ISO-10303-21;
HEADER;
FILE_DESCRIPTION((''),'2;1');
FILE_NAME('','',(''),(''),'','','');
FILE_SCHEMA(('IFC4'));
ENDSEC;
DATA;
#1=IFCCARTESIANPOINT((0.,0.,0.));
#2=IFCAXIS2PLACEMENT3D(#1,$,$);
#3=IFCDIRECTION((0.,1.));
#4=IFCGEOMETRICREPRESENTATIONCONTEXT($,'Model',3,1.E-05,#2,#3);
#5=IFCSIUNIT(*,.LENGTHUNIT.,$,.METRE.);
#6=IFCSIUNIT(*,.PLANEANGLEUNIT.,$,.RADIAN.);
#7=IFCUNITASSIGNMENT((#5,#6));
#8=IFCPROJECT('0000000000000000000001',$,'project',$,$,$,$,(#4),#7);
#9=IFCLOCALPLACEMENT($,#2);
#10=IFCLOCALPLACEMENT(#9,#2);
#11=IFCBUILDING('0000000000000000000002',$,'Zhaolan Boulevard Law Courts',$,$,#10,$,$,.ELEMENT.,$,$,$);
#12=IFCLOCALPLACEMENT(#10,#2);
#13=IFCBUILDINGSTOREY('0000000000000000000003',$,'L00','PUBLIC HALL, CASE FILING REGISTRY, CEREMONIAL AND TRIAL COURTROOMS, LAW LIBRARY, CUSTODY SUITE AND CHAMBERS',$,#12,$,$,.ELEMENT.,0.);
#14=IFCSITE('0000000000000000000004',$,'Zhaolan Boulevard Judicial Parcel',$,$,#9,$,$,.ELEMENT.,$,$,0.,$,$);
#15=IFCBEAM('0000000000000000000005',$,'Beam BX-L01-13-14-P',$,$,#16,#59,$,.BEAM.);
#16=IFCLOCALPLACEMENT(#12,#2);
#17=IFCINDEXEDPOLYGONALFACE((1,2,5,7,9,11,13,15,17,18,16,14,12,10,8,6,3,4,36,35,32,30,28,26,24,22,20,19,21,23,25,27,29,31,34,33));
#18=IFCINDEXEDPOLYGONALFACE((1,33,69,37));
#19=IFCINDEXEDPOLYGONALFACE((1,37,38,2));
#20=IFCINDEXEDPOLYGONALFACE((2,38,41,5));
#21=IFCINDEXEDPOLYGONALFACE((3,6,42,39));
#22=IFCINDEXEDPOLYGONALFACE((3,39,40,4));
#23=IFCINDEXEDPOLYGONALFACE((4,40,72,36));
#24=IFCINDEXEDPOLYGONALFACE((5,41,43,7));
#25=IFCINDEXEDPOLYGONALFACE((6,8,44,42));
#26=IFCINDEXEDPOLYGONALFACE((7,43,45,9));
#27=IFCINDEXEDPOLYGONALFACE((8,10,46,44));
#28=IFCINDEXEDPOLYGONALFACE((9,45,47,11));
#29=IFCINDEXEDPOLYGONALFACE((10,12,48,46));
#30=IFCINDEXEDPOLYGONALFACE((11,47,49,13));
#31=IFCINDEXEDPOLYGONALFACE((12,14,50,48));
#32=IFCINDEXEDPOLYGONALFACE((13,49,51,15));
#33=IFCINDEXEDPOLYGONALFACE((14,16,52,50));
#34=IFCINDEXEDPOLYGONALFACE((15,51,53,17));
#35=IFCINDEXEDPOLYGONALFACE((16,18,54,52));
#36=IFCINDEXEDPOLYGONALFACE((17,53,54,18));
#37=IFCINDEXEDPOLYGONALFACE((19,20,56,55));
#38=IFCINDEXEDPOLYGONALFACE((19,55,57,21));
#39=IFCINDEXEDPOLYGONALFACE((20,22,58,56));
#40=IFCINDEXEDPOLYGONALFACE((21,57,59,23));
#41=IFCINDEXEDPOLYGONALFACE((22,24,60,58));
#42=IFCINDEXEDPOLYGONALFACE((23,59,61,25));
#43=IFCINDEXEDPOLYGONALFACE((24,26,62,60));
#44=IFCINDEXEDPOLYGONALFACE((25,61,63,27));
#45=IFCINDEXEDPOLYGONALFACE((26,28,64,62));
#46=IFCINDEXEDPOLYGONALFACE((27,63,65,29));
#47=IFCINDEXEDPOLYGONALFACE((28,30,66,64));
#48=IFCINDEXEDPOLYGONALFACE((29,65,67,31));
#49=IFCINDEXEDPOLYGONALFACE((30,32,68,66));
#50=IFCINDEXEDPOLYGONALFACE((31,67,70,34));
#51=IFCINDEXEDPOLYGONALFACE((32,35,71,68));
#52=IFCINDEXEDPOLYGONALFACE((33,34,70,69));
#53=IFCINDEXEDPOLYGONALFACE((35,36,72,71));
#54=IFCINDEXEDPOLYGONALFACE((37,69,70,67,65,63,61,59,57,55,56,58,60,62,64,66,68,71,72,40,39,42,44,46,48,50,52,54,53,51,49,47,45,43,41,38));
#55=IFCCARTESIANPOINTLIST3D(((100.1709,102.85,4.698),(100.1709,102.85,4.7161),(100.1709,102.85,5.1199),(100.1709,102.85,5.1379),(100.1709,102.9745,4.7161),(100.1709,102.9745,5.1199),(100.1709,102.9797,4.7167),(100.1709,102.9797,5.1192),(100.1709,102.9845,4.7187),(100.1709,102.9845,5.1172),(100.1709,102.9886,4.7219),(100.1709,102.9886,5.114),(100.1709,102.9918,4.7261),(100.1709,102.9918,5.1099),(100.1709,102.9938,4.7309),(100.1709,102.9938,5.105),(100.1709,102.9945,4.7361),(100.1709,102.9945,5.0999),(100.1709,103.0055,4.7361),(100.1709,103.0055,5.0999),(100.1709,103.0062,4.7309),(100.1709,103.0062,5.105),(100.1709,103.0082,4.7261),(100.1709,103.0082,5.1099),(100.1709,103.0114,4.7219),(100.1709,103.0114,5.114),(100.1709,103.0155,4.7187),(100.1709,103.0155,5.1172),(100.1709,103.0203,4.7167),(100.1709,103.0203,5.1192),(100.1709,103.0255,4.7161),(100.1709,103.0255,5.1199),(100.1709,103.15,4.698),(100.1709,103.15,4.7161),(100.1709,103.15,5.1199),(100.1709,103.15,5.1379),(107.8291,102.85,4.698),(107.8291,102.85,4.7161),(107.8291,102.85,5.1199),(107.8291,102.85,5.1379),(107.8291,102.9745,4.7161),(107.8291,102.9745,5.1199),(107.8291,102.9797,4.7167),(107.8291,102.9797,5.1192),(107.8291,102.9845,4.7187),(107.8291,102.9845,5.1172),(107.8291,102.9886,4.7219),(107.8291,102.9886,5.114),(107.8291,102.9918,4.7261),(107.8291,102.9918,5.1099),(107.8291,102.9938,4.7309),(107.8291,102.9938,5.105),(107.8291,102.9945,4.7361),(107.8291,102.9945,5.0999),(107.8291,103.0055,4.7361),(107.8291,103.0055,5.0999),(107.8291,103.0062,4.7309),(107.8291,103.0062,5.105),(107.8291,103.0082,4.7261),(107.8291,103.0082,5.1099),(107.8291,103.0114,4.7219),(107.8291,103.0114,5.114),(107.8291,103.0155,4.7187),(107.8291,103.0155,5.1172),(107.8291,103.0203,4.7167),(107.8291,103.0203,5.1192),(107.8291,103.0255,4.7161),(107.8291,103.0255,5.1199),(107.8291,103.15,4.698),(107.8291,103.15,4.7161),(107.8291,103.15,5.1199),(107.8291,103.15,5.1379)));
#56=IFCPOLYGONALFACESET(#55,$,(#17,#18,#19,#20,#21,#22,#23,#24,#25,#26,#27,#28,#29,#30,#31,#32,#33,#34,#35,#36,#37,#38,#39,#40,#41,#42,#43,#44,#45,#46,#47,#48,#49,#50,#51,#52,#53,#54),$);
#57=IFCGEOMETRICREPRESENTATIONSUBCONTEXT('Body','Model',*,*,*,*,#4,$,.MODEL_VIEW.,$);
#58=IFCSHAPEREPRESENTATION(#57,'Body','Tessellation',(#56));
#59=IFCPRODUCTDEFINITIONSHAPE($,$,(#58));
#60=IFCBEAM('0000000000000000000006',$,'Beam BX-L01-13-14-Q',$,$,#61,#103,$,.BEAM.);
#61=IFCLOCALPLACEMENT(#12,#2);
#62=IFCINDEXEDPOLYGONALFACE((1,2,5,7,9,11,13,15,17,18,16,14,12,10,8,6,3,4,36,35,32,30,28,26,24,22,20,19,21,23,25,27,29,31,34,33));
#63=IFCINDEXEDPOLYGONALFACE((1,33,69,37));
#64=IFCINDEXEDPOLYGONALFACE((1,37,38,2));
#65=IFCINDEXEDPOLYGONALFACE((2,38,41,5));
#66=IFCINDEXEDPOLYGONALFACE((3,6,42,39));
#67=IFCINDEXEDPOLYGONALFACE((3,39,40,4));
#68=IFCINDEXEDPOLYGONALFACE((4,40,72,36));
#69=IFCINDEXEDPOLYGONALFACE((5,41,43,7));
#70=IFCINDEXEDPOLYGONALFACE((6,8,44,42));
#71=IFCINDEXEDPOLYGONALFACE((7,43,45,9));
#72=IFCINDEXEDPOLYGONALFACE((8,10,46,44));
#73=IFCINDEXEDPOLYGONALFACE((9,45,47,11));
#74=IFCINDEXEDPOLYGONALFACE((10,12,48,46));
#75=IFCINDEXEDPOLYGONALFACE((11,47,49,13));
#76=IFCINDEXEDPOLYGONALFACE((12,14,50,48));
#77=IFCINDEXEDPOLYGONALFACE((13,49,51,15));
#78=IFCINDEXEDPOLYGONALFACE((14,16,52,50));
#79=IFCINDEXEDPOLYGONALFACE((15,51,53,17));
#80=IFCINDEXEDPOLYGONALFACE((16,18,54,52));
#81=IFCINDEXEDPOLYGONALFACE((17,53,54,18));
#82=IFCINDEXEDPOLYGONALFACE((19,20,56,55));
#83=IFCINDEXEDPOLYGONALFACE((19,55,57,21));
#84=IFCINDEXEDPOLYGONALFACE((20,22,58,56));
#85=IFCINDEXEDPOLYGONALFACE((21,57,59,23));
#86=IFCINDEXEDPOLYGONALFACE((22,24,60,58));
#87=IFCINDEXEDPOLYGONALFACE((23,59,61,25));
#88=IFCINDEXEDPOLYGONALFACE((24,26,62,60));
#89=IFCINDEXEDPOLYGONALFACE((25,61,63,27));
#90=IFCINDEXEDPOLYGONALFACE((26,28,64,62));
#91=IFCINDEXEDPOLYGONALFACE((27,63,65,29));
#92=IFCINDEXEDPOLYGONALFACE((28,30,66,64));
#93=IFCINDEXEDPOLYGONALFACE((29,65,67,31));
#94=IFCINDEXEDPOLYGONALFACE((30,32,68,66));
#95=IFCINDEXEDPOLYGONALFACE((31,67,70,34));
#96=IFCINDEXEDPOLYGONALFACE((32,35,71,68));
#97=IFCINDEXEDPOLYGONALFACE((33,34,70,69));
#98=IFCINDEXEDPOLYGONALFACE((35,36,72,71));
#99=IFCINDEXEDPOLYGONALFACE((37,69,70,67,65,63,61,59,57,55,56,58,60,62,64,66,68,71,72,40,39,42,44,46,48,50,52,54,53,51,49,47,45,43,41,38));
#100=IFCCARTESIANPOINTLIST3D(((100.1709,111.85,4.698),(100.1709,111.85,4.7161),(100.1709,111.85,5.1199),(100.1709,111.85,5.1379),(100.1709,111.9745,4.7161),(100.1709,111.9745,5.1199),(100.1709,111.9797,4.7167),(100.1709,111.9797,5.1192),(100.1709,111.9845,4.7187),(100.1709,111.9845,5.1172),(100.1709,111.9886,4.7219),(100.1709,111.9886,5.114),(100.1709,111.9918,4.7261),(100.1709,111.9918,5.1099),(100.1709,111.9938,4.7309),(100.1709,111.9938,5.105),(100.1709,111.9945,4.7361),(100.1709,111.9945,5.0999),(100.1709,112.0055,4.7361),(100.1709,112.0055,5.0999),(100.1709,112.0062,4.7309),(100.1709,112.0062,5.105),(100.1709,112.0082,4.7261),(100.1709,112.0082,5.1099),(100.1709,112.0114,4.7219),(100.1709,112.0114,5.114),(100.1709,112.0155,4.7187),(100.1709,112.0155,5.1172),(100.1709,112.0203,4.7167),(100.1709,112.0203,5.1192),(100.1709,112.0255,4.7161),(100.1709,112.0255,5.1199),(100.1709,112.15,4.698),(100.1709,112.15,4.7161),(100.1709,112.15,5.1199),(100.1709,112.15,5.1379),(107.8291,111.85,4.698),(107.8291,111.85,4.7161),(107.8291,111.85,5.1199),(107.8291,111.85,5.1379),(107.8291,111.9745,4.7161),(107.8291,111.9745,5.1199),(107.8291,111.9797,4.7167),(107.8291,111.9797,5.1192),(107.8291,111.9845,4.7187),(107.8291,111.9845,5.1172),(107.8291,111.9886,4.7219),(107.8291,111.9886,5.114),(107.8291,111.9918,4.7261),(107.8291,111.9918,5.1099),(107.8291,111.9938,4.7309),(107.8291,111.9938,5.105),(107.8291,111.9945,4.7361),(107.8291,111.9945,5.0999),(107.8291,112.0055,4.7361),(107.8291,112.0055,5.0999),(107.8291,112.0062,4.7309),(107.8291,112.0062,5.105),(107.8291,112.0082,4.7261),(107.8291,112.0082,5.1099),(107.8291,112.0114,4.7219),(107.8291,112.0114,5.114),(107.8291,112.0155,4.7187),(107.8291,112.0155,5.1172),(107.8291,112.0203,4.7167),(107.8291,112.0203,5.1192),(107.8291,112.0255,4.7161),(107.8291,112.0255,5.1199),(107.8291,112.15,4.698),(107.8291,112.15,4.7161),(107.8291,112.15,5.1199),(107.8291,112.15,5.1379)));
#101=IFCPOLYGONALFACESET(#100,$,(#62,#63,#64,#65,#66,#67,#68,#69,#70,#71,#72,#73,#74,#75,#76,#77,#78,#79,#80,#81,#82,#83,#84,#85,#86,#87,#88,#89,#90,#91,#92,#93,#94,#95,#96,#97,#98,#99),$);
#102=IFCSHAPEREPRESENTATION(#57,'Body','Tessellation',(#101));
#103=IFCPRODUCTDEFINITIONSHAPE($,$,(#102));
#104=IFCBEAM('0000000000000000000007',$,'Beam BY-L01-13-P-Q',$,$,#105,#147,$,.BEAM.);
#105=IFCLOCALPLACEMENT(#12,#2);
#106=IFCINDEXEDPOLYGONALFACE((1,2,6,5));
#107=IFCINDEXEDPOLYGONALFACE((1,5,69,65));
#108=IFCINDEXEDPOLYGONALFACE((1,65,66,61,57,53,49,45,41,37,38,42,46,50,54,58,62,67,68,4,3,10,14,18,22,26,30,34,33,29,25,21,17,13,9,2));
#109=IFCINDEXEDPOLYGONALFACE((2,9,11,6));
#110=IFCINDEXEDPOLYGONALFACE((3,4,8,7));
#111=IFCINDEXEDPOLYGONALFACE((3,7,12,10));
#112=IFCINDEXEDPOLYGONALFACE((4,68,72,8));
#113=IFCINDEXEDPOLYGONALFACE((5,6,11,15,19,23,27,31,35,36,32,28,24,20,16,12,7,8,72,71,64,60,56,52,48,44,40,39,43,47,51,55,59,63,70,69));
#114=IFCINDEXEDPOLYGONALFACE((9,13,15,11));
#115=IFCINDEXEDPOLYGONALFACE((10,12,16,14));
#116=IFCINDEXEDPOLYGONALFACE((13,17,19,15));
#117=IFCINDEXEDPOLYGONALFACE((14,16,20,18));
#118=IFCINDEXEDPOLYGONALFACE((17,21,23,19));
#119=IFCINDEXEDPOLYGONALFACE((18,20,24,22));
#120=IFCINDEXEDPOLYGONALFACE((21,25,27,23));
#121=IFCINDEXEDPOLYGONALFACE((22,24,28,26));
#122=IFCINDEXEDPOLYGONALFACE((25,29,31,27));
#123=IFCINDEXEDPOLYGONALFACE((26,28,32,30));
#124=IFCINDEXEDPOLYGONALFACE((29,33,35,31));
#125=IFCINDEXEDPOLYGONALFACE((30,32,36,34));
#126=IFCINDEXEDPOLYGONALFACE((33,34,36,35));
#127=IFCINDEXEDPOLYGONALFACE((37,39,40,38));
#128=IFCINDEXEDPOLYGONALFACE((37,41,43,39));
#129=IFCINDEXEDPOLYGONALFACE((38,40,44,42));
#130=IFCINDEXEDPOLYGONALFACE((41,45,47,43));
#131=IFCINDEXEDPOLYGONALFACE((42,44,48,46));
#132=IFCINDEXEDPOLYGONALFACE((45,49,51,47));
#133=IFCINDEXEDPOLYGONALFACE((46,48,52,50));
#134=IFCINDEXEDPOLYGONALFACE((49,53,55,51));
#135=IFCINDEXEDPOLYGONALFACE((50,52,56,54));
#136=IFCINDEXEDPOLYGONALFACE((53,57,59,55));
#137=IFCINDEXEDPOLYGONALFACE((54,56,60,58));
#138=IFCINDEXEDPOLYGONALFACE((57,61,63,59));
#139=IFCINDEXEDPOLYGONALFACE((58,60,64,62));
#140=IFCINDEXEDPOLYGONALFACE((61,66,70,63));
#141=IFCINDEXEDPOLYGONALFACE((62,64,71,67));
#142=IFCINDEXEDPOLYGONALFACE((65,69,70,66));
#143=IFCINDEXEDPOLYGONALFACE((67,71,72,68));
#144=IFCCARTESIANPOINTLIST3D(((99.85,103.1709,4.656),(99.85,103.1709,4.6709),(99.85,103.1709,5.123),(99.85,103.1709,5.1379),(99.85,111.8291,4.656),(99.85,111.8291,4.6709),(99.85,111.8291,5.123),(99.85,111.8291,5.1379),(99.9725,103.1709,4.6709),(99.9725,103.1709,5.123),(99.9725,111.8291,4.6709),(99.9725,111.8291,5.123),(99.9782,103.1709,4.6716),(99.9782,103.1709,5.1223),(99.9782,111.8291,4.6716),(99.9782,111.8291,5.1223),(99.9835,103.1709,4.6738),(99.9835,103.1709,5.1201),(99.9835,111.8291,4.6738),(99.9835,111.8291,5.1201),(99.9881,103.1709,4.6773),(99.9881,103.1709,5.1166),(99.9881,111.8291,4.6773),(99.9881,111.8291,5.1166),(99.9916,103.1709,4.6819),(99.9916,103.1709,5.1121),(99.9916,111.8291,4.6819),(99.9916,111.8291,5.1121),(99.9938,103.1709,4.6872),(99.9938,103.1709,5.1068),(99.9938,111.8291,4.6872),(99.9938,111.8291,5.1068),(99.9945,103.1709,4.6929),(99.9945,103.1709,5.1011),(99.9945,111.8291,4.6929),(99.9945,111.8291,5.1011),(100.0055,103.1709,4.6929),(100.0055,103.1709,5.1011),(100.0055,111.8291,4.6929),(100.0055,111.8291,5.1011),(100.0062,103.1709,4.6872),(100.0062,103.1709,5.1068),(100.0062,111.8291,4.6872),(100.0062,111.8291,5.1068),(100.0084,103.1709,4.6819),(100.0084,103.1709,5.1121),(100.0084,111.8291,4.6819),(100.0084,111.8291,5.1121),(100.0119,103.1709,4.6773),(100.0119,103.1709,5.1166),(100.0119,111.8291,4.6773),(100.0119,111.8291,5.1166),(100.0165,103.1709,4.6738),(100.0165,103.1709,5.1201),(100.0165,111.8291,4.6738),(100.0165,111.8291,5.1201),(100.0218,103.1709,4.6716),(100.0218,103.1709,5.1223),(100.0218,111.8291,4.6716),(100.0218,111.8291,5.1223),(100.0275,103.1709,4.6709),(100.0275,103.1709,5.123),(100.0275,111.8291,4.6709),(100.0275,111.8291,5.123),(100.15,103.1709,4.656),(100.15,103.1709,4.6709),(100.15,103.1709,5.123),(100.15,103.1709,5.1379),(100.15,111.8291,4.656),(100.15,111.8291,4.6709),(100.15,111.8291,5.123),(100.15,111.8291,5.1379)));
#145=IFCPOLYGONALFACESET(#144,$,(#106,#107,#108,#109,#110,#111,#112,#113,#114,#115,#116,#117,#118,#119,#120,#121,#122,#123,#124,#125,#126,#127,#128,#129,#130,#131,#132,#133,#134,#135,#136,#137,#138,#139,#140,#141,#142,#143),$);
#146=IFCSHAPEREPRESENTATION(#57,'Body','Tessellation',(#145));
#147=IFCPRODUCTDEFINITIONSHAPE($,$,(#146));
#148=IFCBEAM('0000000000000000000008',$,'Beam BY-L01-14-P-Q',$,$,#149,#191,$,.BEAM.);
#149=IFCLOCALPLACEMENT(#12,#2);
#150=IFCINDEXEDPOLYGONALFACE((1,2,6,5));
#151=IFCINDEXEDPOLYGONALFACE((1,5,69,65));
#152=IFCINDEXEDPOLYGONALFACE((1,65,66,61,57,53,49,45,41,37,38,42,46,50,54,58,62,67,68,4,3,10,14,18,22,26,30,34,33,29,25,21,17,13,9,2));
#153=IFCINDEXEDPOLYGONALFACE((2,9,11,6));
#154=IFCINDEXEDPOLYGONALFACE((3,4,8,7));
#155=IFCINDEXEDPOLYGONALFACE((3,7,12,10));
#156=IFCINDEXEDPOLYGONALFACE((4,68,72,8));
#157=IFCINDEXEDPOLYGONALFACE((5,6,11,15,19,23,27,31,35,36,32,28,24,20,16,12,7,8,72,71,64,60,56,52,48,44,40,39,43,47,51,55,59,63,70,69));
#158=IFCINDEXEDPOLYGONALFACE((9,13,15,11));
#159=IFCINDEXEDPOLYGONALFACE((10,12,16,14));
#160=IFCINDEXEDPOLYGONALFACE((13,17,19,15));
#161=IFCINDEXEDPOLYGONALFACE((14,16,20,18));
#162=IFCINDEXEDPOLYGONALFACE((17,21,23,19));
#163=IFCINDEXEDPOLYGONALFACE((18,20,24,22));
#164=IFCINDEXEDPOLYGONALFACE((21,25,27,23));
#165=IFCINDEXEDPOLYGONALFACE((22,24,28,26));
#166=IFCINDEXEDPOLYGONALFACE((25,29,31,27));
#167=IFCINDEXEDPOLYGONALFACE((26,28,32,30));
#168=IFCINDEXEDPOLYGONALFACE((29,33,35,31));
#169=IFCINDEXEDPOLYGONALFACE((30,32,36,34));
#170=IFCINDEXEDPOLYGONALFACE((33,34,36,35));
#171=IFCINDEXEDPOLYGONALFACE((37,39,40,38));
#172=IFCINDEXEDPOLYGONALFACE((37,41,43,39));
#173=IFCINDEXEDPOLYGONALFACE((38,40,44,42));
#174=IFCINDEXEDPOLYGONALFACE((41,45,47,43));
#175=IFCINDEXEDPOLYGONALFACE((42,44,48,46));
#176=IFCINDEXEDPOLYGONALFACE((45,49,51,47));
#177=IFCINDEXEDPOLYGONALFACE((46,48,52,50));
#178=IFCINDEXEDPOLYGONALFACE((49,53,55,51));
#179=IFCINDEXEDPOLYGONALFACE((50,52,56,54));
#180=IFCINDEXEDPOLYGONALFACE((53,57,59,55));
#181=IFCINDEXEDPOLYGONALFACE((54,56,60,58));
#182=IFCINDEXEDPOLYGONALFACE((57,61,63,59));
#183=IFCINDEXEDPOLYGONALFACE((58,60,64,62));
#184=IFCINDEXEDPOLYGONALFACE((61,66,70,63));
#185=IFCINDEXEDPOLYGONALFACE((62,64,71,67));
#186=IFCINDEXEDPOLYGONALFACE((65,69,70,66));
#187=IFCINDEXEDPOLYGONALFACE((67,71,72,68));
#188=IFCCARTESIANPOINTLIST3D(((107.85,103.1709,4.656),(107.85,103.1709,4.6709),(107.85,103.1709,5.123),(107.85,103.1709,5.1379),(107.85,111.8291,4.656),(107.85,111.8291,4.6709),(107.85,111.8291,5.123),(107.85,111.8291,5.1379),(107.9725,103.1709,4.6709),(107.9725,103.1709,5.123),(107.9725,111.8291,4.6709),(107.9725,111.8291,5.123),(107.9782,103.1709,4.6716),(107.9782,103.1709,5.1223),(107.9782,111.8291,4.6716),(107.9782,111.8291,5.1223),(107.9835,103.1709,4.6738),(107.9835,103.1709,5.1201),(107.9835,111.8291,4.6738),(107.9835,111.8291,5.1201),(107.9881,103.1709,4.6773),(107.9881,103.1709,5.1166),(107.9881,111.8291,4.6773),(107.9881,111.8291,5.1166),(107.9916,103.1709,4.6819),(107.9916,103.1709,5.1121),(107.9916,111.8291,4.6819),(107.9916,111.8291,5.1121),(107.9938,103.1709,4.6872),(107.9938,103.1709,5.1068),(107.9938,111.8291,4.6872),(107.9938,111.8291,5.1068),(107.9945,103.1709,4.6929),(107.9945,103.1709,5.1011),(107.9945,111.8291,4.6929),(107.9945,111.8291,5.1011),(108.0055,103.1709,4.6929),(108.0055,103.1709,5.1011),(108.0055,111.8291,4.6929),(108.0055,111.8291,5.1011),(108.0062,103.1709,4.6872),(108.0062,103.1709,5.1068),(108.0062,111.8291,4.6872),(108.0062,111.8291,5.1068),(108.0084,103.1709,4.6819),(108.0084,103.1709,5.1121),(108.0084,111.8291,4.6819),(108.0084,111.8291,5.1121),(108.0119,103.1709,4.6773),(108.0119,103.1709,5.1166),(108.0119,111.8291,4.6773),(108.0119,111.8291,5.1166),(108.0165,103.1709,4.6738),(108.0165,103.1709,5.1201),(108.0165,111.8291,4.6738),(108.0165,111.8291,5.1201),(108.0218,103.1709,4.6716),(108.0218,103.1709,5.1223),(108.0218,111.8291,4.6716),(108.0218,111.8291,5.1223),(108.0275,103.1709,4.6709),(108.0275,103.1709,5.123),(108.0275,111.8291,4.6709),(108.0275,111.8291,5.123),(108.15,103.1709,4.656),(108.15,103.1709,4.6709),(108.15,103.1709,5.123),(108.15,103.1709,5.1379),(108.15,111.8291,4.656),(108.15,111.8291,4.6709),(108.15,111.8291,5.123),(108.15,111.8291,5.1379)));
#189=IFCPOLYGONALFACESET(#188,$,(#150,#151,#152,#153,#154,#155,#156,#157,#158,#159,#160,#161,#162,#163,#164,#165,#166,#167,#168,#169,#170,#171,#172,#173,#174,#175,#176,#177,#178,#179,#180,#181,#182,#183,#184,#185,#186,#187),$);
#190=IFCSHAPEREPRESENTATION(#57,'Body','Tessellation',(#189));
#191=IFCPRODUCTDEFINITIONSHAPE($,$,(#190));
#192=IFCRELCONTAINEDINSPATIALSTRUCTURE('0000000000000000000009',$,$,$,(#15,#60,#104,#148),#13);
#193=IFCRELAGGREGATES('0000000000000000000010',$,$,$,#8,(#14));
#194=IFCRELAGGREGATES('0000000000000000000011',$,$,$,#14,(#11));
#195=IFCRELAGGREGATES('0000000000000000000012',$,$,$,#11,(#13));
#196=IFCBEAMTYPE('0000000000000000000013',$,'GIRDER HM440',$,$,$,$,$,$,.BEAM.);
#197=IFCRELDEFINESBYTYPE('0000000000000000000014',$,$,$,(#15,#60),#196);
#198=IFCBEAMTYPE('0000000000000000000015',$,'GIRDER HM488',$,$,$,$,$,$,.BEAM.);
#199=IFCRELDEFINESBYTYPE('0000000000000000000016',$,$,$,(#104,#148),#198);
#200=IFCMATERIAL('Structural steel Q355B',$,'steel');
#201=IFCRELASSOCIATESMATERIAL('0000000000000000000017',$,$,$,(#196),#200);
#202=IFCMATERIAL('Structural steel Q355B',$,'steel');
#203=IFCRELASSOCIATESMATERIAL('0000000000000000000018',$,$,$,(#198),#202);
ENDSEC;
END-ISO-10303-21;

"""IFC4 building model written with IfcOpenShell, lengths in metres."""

from ifc_helpers import new_model, si_unit, direction, frame, origin, origin_2d, place, context, subcontext, project, spatial, i_section, extrude, material, material_profile, profile_set, type_object, element, save


model = new_model("IFC4")

# Units and contexts
model_context = context("Model", 3, precision=1e-05, world=origin(), true_north=direction((0.0, 1.0)))
body_context = subcontext(model_context, "Body", "Model", "MODEL_VIEW")
ifc_project = project(units=[si_unit("LENGTHUNIT", "METRE"), si_unit("PLANEANGLEUNIT", "RADIAN")], contexts=[model_context])

# Site, building, storey
site_placement = place(None, origin())
site = spatial("IfcSite", under=ifc_project, at=site_placement, Name="Zhaolan Boulevard Judicial Parcel", CompositionType="ELEMENT", RefElevation=0.0)
building_placement = place(site_placement, origin())
building = spatial("IfcBuilding", under=site, at=building_placement, Name="Zhaolan Boulevard Law Courts", CompositionType="ELEMENT")
storey_placement = place(building_placement, origin())
storey = spatial("IfcBuildingStorey", under=building, at=storey_placement, Name="L00", Description="PUBLIC HALL, CASE FILING REGISTRY, CEREMONIAL AND TRIAL COURTROOMS, LAW LIBRARY, CUSTODY SUITE AND CHAMBERS", CompositionType="ELEMENT", Elevation=0.0)

# Beams
ifc_material_1 = material(Name="Structural steel Q355B", Category="steel")
ifc_material_profile_1 = material_profile(ifc_material_1, i_section(OverallWidth=0.3, OverallDepth=0.4399, WebThickness=0.011, FlangeThickness=0.0181, FilletRadius=0.02, at=origin_2d()), Name="HM440x300")
ifc_profile_set_1 = profile_set([ifc_material_profile_1], Name="Structural steel Q355B")
beam_type_1 = type_object("IfcBeamType", Name="GIRDER HM440", PredefinedType="BEAM", material=ifc_profile_set_1)
for number, where, z_axis, x_axis, name in (
    (1, (100.1709, 103.0, 4.918), (1.0, 0.0, 0.0), (0.0, 1.0, 0.0), "Beam BX-L01-13-14-P"),
    (2, (100.1709, 112.0, 4.918), (1.0, 0.0, 0.0), (0.0, 1.0, 0.0), "Beam BX-L01-13-14-Q"),
):
    element("IfcBeam", number, at=place(storey_placement, frame(where, z_axis=z_axis, x_axis=x_axis)), inside=storey, type_object=beam_type_1, Name=name, PredefinedType="BEAM", context=body_context, shape_type="SweptSolid", body=[
        extrude(i_section(OverallWidth=0.3, OverallDepth=0.4399, WebThickness=0.011, FlangeThickness=0.0181, FilletRadius=0.02, at=origin_2d()), origin(), (0.0, 0.0, 1.0), 7.6582),
    ])
ifc_material_2 = material(Name="Structural steel Q355B", Category="steel")
ifc_material_profile_2 = material_profile(ifc_material_2, i_section(OverallWidth=0.3, OverallDepth=0.4819, WebThickness=0.011, FlangeThickness=0.0149, FilletRadius=0.022, at=origin_2d()), Name="HM482x300")
ifc_profile_set_2 = profile_set([ifc_material_profile_2], Name="Structural steel Q355B")
beam_type_2 = type_object("IfcBeamType", Name="GIRDER HM488", PredefinedType="BEAM", material=ifc_profile_set_2)
for number, where, z_axis, x_axis, name in (
    (3, (100.0, 103.1709, 4.897), (0.0, 1.0, 0.0), (-1.0, 0.0, 0.0), "Beam BY-L01-13-P-Q"),
    (4, (108.0, 103.1709, 4.897), (0.0, 1.0, 0.0), (-1.0, 0.0, 0.0), "Beam BY-L01-14-P-Q"),
):
    element("IfcBeam", number, at=place(storey_placement, frame(where, z_axis=z_axis, x_axis=x_axis)), inside=storey, type_object=beam_type_2, Name=name, PredefinedType="BEAM", context=body_context, shape_type="SweptSolid", body=[
        extrude(i_section(OverallWidth=0.3, OverallDepth=0.4819, WebThickness=0.011, FlangeThickness=0.0149, FilletRadius=0.022, at=origin_2d()), origin(), (0.0, 0.0, 1.0), 8.6582),
    ])

save(model, "model.ifc")
